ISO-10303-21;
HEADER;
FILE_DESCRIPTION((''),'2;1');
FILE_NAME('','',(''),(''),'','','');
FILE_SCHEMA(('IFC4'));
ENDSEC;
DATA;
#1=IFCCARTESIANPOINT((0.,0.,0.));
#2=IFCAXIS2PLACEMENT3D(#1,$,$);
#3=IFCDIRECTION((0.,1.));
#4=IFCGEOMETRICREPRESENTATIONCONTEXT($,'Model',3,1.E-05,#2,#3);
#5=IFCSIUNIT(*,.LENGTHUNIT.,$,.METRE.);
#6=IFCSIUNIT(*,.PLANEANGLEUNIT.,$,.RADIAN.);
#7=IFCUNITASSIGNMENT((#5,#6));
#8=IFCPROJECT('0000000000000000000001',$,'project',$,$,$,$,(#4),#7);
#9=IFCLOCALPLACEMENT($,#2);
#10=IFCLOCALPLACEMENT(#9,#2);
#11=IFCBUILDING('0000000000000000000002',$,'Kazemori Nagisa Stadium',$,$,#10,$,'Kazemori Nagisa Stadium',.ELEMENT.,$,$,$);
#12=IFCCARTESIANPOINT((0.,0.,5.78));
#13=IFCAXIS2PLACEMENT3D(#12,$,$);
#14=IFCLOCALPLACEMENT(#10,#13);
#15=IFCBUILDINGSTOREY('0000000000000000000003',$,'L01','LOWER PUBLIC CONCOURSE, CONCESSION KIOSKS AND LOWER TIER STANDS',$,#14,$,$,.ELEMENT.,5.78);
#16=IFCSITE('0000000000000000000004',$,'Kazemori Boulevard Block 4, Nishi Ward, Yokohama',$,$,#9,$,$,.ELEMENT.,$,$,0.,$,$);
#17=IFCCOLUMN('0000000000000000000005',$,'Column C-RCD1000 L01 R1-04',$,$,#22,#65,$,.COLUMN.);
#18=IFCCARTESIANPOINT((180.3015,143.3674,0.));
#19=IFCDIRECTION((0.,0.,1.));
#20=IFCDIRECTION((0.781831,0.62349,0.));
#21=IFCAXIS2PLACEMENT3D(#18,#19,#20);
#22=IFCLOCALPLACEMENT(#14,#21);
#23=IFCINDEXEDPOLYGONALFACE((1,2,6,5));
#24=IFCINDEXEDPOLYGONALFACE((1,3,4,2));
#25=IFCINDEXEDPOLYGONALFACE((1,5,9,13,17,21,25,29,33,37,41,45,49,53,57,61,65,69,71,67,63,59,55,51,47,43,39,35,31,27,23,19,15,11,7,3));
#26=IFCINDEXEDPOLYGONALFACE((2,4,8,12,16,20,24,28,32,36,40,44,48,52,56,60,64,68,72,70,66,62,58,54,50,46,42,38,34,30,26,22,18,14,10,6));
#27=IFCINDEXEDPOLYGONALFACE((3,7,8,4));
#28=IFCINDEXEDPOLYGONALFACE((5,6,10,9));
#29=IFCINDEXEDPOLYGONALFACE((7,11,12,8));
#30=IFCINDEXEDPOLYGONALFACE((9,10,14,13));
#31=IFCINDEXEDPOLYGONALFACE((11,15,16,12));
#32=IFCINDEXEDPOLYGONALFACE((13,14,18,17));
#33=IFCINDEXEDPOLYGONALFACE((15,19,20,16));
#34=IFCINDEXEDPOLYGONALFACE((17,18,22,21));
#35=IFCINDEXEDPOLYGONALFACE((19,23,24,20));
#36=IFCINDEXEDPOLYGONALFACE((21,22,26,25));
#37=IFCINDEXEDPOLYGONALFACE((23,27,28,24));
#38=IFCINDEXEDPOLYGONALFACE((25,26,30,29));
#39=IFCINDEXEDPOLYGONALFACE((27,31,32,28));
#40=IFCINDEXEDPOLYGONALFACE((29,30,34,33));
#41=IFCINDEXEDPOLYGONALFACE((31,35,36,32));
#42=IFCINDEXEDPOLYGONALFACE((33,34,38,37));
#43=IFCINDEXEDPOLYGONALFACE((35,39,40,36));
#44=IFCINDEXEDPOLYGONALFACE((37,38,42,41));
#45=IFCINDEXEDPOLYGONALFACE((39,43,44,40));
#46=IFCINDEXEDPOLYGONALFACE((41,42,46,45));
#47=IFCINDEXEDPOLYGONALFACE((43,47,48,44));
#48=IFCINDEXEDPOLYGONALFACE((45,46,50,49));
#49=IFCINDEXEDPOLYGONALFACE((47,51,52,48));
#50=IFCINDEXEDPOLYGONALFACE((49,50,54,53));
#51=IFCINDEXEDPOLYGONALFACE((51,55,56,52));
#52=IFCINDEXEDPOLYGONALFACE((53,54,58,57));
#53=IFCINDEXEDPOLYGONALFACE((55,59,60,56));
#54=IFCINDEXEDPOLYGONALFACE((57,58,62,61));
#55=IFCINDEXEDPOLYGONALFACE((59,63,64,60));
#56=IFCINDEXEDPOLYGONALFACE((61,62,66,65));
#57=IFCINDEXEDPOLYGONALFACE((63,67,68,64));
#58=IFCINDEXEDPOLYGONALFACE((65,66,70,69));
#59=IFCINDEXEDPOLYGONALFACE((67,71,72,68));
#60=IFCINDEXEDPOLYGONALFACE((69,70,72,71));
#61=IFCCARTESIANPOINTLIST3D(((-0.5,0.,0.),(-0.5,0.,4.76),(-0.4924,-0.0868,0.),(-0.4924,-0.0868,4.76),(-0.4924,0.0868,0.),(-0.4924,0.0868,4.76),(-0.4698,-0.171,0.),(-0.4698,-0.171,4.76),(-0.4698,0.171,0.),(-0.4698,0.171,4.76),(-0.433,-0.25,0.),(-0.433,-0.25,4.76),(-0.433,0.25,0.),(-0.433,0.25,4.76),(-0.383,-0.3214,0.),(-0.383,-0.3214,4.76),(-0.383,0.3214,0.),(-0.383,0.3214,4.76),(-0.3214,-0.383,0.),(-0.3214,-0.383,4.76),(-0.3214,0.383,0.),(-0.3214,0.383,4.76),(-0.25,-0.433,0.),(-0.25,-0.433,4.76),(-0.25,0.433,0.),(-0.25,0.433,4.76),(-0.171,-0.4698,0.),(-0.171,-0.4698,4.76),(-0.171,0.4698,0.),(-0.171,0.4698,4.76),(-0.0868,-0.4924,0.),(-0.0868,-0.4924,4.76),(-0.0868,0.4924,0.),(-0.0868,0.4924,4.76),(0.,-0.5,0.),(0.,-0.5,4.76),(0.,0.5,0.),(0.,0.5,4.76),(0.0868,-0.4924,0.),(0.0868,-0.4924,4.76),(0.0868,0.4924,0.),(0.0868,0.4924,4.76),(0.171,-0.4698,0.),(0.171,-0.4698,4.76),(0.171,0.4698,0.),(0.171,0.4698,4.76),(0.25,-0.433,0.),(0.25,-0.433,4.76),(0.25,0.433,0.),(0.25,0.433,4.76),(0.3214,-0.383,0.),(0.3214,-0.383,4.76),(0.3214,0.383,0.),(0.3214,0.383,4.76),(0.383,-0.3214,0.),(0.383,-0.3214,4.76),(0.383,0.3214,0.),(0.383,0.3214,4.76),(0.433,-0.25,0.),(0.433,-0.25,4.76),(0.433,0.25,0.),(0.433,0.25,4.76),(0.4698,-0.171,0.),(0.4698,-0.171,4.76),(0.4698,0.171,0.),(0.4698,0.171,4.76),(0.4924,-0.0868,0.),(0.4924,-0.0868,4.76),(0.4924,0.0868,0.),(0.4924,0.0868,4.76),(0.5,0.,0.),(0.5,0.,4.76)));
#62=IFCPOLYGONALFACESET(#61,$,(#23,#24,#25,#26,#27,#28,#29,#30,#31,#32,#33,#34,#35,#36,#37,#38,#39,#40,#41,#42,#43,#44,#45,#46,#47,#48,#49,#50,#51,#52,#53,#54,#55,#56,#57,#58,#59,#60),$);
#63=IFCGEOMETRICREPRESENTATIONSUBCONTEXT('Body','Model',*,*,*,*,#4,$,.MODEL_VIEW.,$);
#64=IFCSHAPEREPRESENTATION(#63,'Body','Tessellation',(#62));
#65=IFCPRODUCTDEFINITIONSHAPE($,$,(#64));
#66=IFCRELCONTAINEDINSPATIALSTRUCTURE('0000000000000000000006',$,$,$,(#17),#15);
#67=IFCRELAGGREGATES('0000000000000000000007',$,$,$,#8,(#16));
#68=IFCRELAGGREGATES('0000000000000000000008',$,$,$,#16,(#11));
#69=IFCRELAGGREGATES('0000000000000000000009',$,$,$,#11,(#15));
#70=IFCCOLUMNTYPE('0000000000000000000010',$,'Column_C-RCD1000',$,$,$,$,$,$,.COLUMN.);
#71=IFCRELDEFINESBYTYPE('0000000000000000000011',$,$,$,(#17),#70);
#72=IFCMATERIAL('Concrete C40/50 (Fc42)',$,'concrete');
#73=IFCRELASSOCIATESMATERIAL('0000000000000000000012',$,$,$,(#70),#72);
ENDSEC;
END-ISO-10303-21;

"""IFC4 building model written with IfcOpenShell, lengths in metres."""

from ifc_helpers import new_model, si_unit, direction, frame, origin, origin_2d, place, context, subcontext, project, spatial, circle, extrude, material, material_profile, profile_set, type_object, element, save


model = new_model("IFC4")

# Units and contexts
model_context = context("Model", 3, precision=1e-05, world=origin(), true_north=direction((0.0, 1.0)))
body_context = subcontext(model_context, "Body", "Model", "MODEL_VIEW")
ifc_project = project(units=[si_unit("LENGTHUNIT", "METRE"), si_unit("PLANEANGLEUNIT", "RADIAN")], contexts=[model_context])

# Site, building, storey
site_placement = place(None, origin())
site = spatial("IfcSite", under=ifc_project, at=site_placement, Name="Kazemori Boulevard Block 4, Nishi Ward, Yokohama", CompositionType="ELEMENT", RefElevation=0.0)
building_placement = place(site_placement, origin())
building = spatial("IfcBuilding", under=site, at=building_placement, Name="Kazemori Nagisa Stadium", LongName="Kazemori Nagisa Stadium", CompositionType="ELEMENT")
storey_placement = place(building_placement, frame((0.0, 0.0, 5.78)))
storey = spatial("IfcBuildingStorey", under=building, at=storey_placement, Name="L01", Description="LOWER PUBLIC CONCOURSE, CONCESSION KIOSKS AND LOWER TIER STANDS", CompositionType="ELEMENT", Elevation=5.78)

# Column
ifc_material_1 = material(Name="Concrete C40/50 (Fc42)", Category="concrete")
ifc_material_profile_1 = material_profile(ifc_material_1, circle(Radius=0.5, at=origin_2d()), Name="RC-COL-D1000")
ifc_profile_set_1 = profile_set([ifc_material_profile_1], Name="Concrete C40/50 (Fc42)")
column_type_1 = type_object("IfcColumnType", Name="Column_C-RCD1000", PredefinedType="COLUMN", material=ifc_profile_set_1)
column_1_placement = place(storey_placement, frame((180.3015, 143.3674, 0.0), z_axis=(0.0, 0.0, 1.0), x_axis=(0.781831, 0.62349, 0.0)))
element("IfcColumn", 1, at=column_1_placement, inside=storey, type_object=column_type_1, Name="Column C-RCD1000 L01 R1-04", PredefinedType="COLUMN", context=body_context, shape_type="SweptSolid", body=[
    extrude(circle(Radius=0.5, at=origin_2d()), origin(), (0.0, 0.0, 1.0), 4.76),
])

save(model, "model.ifc")
